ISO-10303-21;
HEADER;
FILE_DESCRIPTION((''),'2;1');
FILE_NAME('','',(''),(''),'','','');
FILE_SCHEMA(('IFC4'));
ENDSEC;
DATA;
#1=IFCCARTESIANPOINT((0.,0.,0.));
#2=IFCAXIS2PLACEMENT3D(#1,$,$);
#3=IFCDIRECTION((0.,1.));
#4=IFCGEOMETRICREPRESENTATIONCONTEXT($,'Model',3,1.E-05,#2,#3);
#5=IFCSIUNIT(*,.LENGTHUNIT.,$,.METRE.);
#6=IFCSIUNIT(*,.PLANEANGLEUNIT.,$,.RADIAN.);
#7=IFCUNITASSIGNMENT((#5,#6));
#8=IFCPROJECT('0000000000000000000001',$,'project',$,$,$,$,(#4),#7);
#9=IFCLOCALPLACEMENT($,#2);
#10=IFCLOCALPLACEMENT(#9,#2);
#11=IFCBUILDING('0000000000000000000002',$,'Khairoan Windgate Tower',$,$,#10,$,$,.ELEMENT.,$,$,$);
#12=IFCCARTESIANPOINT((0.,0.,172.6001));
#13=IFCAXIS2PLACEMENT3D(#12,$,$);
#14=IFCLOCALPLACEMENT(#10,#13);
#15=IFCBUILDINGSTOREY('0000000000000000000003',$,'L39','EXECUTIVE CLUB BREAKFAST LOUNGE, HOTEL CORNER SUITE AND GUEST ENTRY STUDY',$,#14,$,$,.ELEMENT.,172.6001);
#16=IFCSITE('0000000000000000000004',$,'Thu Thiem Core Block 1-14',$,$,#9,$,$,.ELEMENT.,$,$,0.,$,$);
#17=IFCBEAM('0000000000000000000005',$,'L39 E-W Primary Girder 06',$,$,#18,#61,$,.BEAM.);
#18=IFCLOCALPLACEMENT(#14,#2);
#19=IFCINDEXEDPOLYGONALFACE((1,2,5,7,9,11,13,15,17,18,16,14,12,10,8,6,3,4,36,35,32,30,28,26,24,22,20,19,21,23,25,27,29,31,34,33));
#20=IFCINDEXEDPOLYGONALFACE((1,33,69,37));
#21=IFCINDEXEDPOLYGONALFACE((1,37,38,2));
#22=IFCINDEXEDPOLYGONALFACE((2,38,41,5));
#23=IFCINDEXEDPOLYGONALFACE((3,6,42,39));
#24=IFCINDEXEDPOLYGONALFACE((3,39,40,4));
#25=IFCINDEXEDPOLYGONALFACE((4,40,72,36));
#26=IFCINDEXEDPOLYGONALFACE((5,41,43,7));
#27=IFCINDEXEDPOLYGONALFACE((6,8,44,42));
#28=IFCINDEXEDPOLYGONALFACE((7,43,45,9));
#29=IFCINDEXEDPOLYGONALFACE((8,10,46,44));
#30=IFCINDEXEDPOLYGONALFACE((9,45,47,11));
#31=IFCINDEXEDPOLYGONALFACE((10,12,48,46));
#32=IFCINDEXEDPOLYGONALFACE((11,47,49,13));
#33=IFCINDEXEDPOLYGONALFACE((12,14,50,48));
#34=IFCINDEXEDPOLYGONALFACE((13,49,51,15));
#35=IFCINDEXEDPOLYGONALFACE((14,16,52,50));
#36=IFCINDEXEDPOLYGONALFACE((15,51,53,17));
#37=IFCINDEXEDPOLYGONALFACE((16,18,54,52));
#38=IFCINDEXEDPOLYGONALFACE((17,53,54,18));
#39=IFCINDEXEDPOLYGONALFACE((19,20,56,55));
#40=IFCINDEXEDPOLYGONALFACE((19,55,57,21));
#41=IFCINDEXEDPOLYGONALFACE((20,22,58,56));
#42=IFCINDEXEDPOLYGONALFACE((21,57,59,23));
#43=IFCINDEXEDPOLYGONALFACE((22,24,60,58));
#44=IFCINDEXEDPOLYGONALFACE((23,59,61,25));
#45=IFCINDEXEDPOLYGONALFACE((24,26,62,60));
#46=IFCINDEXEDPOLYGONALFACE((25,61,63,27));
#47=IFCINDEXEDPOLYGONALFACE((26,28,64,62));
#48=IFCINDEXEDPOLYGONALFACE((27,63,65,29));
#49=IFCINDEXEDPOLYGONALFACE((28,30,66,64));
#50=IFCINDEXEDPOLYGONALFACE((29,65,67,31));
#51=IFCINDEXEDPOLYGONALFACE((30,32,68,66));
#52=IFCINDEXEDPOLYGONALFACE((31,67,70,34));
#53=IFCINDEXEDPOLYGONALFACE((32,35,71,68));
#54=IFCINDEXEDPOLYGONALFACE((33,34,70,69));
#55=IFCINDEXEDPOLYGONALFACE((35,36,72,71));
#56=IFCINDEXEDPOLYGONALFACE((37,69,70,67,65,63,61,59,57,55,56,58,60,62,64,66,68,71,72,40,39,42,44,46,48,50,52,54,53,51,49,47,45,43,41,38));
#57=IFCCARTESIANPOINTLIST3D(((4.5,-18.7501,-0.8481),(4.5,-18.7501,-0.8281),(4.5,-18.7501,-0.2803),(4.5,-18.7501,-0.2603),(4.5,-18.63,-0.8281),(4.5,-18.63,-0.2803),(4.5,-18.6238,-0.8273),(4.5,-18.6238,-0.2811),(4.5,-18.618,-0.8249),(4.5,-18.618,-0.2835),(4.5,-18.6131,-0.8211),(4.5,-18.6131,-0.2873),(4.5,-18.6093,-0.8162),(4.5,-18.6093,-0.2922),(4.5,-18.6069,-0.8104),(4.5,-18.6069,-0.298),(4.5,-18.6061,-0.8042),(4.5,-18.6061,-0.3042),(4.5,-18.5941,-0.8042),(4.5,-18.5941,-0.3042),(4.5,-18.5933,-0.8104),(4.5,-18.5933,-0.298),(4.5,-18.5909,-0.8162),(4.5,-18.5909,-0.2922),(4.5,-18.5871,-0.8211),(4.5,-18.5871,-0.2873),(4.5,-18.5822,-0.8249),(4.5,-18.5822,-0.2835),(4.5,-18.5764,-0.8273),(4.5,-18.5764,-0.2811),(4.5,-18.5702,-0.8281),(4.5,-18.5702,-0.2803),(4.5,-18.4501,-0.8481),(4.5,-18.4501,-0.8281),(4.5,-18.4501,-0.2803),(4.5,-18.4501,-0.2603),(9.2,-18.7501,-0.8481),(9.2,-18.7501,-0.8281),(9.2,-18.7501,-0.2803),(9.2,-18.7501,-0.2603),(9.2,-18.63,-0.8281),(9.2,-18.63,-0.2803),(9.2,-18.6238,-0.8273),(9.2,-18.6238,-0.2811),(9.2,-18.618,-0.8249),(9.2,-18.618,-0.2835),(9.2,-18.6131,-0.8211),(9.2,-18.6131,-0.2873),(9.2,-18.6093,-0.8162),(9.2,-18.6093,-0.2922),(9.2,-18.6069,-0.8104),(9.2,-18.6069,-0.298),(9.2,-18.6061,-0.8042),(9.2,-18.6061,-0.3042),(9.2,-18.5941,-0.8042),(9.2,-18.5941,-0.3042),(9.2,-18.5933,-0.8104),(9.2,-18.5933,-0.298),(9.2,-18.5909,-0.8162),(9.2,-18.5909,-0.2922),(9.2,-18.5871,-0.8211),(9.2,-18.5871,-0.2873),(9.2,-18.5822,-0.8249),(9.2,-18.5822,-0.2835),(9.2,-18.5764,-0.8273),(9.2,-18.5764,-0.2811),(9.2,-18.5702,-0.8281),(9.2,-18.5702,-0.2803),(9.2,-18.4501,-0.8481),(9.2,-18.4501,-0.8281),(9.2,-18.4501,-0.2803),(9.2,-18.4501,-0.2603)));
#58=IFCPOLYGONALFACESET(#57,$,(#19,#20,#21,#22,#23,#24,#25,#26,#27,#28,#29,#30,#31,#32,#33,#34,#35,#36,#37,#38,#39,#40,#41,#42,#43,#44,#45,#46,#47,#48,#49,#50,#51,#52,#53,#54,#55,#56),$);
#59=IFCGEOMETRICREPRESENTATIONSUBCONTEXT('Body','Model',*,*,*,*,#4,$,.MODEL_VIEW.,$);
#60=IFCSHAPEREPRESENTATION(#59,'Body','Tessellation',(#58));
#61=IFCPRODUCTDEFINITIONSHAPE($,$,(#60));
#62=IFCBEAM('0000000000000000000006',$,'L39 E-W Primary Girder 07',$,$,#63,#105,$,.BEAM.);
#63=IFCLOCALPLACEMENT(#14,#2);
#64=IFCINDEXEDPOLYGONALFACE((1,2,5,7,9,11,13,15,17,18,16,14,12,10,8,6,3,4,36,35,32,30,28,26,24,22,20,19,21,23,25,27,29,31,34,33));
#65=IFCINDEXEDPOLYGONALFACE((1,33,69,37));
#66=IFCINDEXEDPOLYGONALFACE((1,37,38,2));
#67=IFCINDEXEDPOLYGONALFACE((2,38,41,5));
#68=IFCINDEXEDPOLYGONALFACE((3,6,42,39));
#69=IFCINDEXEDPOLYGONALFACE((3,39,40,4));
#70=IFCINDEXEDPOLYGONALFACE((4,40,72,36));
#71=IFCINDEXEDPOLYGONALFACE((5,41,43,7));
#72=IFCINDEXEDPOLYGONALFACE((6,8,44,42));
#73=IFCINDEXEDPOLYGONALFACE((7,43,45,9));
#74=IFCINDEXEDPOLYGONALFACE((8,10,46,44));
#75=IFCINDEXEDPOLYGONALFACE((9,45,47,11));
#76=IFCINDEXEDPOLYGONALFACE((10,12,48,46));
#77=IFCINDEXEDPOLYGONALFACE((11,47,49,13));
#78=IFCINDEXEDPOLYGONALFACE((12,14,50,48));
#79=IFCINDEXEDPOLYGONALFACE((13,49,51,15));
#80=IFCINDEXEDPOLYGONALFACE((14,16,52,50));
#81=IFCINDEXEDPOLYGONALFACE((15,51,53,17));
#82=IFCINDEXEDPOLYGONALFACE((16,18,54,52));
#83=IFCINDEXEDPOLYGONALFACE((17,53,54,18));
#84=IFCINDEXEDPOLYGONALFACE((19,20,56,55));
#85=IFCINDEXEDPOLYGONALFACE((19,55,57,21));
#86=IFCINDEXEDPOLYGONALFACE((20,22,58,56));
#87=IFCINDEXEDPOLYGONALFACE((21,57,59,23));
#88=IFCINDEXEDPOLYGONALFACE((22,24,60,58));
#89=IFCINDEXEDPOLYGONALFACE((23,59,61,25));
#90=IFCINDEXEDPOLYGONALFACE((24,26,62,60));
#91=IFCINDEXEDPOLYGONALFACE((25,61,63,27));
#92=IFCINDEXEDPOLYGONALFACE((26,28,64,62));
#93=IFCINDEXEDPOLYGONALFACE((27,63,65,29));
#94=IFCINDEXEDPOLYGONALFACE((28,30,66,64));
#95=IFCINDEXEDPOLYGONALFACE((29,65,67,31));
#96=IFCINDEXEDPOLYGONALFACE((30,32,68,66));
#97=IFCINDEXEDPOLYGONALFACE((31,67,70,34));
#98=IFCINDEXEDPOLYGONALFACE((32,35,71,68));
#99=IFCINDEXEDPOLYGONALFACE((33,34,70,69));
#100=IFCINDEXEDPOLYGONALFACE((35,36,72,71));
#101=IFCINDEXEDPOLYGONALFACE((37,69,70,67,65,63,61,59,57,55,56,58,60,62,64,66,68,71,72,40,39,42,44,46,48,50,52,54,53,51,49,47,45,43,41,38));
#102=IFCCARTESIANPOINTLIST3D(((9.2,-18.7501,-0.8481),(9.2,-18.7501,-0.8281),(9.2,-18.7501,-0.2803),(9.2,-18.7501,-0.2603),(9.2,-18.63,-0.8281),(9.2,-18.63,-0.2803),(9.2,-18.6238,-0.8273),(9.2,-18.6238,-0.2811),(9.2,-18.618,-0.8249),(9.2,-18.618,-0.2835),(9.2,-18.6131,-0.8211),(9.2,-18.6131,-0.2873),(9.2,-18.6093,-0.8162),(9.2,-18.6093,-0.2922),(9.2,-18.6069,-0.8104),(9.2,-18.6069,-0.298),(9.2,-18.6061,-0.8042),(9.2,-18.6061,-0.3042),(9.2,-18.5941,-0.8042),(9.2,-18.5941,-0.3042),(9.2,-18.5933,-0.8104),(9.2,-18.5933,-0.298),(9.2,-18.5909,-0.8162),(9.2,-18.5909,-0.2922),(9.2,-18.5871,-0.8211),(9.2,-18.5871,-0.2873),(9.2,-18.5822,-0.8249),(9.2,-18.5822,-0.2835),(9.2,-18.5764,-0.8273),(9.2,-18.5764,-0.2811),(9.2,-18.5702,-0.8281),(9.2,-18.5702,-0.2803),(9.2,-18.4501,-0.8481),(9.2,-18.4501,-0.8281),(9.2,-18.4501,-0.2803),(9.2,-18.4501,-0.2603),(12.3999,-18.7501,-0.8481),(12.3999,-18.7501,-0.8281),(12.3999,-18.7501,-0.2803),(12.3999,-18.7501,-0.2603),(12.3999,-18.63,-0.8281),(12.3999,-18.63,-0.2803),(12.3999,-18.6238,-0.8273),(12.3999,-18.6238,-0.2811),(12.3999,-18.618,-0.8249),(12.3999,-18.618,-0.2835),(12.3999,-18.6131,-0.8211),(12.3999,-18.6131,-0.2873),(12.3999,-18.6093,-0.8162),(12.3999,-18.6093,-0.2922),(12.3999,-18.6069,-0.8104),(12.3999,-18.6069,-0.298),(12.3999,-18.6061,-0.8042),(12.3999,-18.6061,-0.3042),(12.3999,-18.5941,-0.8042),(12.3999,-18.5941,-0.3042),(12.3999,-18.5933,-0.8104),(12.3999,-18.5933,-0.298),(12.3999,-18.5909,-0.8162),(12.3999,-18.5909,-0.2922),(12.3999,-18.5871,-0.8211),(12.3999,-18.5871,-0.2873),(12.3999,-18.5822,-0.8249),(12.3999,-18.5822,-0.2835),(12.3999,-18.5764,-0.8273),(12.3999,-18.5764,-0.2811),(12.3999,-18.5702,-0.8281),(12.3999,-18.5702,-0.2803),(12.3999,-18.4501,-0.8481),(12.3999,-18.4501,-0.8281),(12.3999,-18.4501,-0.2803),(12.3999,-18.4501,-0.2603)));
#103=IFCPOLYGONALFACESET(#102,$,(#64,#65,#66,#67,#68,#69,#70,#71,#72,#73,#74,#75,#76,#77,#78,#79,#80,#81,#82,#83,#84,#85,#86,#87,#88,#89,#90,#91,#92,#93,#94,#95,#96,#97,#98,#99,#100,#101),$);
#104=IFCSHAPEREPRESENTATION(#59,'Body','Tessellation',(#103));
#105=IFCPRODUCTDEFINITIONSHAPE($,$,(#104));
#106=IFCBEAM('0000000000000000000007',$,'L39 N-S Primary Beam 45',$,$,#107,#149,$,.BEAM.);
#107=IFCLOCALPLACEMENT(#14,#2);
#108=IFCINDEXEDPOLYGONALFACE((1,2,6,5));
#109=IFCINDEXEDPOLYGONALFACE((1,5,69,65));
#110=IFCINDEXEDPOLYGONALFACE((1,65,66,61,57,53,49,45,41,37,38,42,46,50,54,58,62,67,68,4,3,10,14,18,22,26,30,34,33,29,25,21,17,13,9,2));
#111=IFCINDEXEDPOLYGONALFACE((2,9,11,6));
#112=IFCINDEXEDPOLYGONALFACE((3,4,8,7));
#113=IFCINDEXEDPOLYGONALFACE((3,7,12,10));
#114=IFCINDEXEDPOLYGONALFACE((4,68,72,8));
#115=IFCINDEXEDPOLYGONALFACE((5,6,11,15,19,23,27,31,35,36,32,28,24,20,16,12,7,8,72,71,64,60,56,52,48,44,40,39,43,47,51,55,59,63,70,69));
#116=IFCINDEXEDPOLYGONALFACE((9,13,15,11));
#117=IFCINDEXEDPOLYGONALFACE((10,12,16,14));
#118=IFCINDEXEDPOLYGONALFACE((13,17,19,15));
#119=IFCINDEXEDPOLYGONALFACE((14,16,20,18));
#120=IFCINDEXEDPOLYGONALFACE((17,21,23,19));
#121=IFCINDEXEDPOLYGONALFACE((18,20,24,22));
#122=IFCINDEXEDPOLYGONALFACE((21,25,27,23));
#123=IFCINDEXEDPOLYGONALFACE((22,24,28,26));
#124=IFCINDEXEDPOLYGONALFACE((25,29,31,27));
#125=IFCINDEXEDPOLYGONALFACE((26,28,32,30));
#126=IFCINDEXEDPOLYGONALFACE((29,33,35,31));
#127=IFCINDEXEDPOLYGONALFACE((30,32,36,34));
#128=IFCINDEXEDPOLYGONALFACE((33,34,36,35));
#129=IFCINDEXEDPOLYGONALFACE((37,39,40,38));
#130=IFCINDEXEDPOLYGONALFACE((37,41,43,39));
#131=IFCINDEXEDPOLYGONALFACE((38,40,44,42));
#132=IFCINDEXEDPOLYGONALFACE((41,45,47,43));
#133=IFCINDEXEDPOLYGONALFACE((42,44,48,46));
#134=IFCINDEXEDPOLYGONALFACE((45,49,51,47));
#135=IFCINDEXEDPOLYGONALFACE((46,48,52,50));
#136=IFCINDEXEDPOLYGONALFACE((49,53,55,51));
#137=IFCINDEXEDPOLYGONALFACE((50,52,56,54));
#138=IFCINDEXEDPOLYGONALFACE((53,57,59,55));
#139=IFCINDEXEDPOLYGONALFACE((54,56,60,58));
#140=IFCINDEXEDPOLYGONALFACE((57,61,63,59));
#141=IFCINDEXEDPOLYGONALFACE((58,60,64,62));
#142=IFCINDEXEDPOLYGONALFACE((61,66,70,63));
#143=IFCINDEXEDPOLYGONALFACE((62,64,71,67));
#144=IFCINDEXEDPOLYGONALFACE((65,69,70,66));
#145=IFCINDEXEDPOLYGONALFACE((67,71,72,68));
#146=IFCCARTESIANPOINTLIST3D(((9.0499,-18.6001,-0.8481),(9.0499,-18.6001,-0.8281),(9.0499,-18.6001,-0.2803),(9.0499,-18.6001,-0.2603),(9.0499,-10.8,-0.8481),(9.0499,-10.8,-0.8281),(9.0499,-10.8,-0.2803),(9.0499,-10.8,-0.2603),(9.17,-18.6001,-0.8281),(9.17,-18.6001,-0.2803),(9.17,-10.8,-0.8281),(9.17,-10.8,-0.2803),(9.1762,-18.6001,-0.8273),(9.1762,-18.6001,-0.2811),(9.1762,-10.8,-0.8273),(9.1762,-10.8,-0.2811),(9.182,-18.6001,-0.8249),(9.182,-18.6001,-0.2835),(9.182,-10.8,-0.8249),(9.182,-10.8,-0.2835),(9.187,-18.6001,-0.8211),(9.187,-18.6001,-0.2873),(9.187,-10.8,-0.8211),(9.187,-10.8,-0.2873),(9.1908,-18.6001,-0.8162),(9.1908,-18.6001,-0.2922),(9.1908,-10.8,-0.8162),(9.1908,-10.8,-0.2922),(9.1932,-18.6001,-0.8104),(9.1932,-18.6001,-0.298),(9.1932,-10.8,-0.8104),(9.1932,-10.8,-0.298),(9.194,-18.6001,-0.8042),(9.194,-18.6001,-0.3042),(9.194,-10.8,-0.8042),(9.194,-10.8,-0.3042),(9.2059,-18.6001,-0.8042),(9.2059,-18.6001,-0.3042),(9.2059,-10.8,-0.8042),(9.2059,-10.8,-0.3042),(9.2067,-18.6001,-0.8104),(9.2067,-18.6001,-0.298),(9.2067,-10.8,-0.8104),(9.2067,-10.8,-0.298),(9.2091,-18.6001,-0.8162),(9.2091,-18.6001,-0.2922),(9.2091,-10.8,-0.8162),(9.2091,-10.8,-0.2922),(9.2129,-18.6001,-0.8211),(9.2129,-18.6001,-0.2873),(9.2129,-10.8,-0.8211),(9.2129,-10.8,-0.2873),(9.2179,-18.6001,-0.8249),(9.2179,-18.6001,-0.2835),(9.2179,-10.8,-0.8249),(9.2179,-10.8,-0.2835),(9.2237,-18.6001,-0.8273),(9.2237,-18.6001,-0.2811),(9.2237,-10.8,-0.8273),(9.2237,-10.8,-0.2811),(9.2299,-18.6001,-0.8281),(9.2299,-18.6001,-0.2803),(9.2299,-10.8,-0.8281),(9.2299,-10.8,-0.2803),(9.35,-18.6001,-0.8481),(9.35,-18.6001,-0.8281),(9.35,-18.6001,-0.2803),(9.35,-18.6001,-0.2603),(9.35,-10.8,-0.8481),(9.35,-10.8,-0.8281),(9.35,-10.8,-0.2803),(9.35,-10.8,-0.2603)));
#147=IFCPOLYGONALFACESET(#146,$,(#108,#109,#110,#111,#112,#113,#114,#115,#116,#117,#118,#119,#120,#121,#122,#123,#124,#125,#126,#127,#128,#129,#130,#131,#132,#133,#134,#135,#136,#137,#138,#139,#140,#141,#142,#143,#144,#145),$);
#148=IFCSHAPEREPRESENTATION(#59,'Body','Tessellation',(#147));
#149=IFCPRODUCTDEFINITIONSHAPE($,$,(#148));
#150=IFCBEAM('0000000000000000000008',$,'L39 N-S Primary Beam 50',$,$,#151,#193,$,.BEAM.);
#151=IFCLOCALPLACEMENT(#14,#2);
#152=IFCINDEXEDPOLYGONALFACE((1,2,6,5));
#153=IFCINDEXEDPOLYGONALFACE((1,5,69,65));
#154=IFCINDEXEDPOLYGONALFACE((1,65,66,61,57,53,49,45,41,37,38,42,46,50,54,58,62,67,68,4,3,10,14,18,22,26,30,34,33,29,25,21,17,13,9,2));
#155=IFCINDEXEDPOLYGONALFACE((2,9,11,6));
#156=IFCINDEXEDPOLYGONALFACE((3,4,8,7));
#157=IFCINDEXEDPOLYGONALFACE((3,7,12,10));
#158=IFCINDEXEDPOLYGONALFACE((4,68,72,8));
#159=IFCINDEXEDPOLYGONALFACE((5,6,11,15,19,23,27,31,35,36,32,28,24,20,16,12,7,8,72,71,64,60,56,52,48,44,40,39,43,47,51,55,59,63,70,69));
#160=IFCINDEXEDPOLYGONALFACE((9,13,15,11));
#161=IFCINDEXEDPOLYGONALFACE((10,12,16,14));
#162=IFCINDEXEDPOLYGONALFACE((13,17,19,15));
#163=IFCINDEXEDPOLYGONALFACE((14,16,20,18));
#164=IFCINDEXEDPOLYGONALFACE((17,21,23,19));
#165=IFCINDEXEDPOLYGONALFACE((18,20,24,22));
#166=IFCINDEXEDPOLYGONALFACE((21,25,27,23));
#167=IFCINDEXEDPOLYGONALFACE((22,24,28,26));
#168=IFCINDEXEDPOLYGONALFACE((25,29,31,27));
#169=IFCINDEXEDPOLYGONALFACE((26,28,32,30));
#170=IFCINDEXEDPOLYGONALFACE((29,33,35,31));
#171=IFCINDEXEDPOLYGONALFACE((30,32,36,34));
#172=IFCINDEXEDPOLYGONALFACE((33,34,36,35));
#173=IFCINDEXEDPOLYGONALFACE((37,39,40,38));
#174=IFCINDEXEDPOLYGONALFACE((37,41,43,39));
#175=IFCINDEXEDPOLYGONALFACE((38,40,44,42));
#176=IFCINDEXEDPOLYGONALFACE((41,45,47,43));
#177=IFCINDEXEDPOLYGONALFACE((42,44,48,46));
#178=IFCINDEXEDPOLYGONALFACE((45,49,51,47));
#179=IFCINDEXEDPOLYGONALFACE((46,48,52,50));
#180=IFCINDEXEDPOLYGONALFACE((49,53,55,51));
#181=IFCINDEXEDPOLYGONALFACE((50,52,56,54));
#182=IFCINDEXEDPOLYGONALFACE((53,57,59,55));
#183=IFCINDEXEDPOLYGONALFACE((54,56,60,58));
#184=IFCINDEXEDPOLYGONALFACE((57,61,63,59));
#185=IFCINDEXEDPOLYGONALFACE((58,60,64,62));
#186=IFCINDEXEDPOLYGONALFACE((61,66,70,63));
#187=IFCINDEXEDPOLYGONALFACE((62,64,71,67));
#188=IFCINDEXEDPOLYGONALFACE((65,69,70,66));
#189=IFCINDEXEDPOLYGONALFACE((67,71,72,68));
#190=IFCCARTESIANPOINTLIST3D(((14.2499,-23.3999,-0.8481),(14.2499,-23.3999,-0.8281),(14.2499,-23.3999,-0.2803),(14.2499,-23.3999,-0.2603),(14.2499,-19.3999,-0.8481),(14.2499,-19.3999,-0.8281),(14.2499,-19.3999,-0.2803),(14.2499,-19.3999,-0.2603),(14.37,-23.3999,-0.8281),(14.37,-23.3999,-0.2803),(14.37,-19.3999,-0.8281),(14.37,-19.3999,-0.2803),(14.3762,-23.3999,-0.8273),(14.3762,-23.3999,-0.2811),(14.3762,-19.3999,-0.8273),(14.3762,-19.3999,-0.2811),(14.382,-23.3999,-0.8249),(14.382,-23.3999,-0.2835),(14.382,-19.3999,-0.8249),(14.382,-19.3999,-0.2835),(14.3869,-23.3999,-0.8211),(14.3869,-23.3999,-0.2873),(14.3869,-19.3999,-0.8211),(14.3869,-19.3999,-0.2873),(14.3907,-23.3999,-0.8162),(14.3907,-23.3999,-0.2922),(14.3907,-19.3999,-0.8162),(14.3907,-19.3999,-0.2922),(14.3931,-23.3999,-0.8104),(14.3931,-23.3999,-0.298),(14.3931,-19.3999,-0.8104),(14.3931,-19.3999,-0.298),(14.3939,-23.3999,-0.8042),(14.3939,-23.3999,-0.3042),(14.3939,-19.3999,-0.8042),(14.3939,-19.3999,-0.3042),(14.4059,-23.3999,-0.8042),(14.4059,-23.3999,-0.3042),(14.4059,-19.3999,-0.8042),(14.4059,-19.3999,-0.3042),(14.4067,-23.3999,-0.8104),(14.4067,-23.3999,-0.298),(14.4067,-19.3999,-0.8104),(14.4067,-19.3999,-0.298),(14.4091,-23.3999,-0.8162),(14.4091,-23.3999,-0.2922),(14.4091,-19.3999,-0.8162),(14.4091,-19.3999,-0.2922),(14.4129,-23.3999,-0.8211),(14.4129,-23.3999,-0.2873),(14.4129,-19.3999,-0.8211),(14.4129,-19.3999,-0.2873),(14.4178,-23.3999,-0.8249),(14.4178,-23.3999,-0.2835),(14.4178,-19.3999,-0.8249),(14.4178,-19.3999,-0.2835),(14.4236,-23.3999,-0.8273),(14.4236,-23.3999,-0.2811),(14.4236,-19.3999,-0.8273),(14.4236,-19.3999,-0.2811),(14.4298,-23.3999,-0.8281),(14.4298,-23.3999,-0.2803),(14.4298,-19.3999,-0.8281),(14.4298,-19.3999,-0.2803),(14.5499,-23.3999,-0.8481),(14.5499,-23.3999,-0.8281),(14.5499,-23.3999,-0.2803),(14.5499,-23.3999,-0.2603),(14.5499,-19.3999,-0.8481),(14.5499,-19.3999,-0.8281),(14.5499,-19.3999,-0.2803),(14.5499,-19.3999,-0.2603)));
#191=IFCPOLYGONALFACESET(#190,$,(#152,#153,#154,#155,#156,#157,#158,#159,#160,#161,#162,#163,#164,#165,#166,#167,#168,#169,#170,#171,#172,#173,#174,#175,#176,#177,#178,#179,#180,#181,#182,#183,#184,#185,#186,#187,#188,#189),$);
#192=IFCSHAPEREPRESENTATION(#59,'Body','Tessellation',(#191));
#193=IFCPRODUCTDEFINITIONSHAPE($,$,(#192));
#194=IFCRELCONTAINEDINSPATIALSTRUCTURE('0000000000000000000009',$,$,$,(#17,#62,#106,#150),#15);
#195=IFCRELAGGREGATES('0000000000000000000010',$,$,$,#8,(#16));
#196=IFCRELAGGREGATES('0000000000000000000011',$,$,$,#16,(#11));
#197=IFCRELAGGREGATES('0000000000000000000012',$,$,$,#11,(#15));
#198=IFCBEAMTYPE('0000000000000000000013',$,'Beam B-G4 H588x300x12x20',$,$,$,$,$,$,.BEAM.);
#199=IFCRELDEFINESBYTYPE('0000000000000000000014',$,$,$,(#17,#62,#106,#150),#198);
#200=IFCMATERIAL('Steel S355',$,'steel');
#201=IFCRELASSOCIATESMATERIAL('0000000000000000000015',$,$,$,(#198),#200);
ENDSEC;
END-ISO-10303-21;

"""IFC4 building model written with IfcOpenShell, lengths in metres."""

from ifc_helpers import new_model, si_unit, direction, frame, origin, origin_2d, place, context, subcontext, project, spatial, i_section, extrude, material, material_profile, profile_set, type_object, element, save


model = new_model("IFC4")

# Units and contexts
model_context = context("Model", 3, precision=1e-05, world=origin(), true_north=direction((0.0, 1.0)))
body_context = subcontext(model_context, "Body", "Model", "MODEL_VIEW")
ifc_project = project(units=[si_unit("LENGTHUNIT", "METRE"), si_unit("PLANEANGLEUNIT", "RADIAN")], contexts=[model_context])

# Site, building, storey
site_placement = place(None, origin())
site = spatial("IfcSite", under=ifc_project, at=site_placement, Name="Thu Thiem Core Block 1-14", CompositionType="ELEMENT", RefElevation=0.0)
building_placement = place(site_placement, origin())
building = spatial("IfcBuilding", under=site, at=building_placement, Name="Khairoan Windgate Tower", CompositionType="ELEMENT")
storey_placement = place(building_placement, frame((0.0, 0.0, 172.6001)))
storey = spatial("IfcBuildingStorey", under=building, at=storey_placement, Name="L39", Description="EXECUTIVE CLUB BREAKFAST LOUNGE, HOTEL CORNER SUITE AND GUEST ENTRY STUDY", CompositionType="ELEMENT", Elevation=172.6001)

# Beams
ifc_material_1 = material(Name="Steel S355", Category="steel")
ifc_material_profile_1 = material_profile(ifc_material_1, i_section(OverallWidth=0.3, OverallDepth=0.5879, WebThickness=0.012, FlangeThickness=0.02, FilletRadius=0.0239, at=origin_2d()))
ifc_profile_set_1 = profile_set([ifc_material_profile_1], Name="Steel S355")
beam_type = type_object("IfcBeamType", Name="Beam B-G4 H588x300x12x20", PredefinedType="BEAM", material=ifc_profile_set_1)
beam_1_placement = place(storey_placement, frame((4.5, -18.6001, -0.5542), z_axis=(1.0, 0.0, 0.0), x_axis=(0.0, 1.0, 0.0)))
element("IfcBeam", 1, at=beam_1_placement, inside=storey, type_object=beam_type, Name="L39 E-W Primary Girder 06", PredefinedType="BEAM", context=body_context, shape_type="SweptSolid", body=[
    extrude(i_section(OverallWidth=0.3, OverallDepth=0.5879, WebThickness=0.012, FlangeThickness=0.02, FilletRadius=0.0239, at=origin_2d()), origin(), (0.0, 0.0, 1.0), 4.7),
])
beam_2_placement = place(storey_placement, frame((9.2, -18.6001, -0.5542), z_axis=(1.0, 0.0, 0.0), x_axis=(0.0, 1.0, 0.0)))
element("IfcBeam", 2, at=beam_2_placement, inside=storey, type_object=beam_type, Name="L39 E-W Primary Girder 07", PredefinedType="BEAM", context=body_context, shape_type="SweptSolid", body=[
    extrude(i_section(OverallWidth=0.3, OverallDepth=0.5879, WebThickness=0.012, FlangeThickness=0.02, FilletRadius=0.0239, at=origin_2d()), origin(), (0.0, 0.0, 1.0), 3.2),
])
beam_3_placement = place(storey_placement, frame((9.2, -18.6001, -0.5542), z_axis=(0.0, 1.0, 0.0), x_axis=(-1.0, 0.0, 0.0)))
element("IfcBeam", 3, at=beam_3_placement, inside=storey, type_object=beam_type, Name="L39 N-S Primary Beam 45", PredefinedType="BEAM", context=body_context, shape_type="SweptSolid", body=[
    extrude(i_section(OverallWidth=0.3, OverallDepth=0.5879, WebThickness=0.012, FlangeThickness=0.02, FilletRadius=0.0239, at=origin_2d()), origin(), (0.0, 0.0, 1.0), 7.8),
])
beam_4_placement = place(storey_placement, frame((14.3999, -23.3999, -0.5542), z_axis=(0.0, 1.0, 0.0), x_axis=(-1.0, 0.0, 0.0)))
element("IfcBeam", 4, at=beam_4_placement, inside=storey, type_object=beam_type, Name="L39 N-S Primary Beam 50", PredefinedType="BEAM", context=body_context, shape_type="SweptSolid", body=[
    extrude(i_section(OverallWidth=0.3, OverallDepth=0.5879, WebThickness=0.012, FlangeThickness=0.02, FilletRadius=0.0239, at=origin_2d()), origin(), (0.0, 0.0, 1.0), 4.0),
])

save(model, "model.ifc")
